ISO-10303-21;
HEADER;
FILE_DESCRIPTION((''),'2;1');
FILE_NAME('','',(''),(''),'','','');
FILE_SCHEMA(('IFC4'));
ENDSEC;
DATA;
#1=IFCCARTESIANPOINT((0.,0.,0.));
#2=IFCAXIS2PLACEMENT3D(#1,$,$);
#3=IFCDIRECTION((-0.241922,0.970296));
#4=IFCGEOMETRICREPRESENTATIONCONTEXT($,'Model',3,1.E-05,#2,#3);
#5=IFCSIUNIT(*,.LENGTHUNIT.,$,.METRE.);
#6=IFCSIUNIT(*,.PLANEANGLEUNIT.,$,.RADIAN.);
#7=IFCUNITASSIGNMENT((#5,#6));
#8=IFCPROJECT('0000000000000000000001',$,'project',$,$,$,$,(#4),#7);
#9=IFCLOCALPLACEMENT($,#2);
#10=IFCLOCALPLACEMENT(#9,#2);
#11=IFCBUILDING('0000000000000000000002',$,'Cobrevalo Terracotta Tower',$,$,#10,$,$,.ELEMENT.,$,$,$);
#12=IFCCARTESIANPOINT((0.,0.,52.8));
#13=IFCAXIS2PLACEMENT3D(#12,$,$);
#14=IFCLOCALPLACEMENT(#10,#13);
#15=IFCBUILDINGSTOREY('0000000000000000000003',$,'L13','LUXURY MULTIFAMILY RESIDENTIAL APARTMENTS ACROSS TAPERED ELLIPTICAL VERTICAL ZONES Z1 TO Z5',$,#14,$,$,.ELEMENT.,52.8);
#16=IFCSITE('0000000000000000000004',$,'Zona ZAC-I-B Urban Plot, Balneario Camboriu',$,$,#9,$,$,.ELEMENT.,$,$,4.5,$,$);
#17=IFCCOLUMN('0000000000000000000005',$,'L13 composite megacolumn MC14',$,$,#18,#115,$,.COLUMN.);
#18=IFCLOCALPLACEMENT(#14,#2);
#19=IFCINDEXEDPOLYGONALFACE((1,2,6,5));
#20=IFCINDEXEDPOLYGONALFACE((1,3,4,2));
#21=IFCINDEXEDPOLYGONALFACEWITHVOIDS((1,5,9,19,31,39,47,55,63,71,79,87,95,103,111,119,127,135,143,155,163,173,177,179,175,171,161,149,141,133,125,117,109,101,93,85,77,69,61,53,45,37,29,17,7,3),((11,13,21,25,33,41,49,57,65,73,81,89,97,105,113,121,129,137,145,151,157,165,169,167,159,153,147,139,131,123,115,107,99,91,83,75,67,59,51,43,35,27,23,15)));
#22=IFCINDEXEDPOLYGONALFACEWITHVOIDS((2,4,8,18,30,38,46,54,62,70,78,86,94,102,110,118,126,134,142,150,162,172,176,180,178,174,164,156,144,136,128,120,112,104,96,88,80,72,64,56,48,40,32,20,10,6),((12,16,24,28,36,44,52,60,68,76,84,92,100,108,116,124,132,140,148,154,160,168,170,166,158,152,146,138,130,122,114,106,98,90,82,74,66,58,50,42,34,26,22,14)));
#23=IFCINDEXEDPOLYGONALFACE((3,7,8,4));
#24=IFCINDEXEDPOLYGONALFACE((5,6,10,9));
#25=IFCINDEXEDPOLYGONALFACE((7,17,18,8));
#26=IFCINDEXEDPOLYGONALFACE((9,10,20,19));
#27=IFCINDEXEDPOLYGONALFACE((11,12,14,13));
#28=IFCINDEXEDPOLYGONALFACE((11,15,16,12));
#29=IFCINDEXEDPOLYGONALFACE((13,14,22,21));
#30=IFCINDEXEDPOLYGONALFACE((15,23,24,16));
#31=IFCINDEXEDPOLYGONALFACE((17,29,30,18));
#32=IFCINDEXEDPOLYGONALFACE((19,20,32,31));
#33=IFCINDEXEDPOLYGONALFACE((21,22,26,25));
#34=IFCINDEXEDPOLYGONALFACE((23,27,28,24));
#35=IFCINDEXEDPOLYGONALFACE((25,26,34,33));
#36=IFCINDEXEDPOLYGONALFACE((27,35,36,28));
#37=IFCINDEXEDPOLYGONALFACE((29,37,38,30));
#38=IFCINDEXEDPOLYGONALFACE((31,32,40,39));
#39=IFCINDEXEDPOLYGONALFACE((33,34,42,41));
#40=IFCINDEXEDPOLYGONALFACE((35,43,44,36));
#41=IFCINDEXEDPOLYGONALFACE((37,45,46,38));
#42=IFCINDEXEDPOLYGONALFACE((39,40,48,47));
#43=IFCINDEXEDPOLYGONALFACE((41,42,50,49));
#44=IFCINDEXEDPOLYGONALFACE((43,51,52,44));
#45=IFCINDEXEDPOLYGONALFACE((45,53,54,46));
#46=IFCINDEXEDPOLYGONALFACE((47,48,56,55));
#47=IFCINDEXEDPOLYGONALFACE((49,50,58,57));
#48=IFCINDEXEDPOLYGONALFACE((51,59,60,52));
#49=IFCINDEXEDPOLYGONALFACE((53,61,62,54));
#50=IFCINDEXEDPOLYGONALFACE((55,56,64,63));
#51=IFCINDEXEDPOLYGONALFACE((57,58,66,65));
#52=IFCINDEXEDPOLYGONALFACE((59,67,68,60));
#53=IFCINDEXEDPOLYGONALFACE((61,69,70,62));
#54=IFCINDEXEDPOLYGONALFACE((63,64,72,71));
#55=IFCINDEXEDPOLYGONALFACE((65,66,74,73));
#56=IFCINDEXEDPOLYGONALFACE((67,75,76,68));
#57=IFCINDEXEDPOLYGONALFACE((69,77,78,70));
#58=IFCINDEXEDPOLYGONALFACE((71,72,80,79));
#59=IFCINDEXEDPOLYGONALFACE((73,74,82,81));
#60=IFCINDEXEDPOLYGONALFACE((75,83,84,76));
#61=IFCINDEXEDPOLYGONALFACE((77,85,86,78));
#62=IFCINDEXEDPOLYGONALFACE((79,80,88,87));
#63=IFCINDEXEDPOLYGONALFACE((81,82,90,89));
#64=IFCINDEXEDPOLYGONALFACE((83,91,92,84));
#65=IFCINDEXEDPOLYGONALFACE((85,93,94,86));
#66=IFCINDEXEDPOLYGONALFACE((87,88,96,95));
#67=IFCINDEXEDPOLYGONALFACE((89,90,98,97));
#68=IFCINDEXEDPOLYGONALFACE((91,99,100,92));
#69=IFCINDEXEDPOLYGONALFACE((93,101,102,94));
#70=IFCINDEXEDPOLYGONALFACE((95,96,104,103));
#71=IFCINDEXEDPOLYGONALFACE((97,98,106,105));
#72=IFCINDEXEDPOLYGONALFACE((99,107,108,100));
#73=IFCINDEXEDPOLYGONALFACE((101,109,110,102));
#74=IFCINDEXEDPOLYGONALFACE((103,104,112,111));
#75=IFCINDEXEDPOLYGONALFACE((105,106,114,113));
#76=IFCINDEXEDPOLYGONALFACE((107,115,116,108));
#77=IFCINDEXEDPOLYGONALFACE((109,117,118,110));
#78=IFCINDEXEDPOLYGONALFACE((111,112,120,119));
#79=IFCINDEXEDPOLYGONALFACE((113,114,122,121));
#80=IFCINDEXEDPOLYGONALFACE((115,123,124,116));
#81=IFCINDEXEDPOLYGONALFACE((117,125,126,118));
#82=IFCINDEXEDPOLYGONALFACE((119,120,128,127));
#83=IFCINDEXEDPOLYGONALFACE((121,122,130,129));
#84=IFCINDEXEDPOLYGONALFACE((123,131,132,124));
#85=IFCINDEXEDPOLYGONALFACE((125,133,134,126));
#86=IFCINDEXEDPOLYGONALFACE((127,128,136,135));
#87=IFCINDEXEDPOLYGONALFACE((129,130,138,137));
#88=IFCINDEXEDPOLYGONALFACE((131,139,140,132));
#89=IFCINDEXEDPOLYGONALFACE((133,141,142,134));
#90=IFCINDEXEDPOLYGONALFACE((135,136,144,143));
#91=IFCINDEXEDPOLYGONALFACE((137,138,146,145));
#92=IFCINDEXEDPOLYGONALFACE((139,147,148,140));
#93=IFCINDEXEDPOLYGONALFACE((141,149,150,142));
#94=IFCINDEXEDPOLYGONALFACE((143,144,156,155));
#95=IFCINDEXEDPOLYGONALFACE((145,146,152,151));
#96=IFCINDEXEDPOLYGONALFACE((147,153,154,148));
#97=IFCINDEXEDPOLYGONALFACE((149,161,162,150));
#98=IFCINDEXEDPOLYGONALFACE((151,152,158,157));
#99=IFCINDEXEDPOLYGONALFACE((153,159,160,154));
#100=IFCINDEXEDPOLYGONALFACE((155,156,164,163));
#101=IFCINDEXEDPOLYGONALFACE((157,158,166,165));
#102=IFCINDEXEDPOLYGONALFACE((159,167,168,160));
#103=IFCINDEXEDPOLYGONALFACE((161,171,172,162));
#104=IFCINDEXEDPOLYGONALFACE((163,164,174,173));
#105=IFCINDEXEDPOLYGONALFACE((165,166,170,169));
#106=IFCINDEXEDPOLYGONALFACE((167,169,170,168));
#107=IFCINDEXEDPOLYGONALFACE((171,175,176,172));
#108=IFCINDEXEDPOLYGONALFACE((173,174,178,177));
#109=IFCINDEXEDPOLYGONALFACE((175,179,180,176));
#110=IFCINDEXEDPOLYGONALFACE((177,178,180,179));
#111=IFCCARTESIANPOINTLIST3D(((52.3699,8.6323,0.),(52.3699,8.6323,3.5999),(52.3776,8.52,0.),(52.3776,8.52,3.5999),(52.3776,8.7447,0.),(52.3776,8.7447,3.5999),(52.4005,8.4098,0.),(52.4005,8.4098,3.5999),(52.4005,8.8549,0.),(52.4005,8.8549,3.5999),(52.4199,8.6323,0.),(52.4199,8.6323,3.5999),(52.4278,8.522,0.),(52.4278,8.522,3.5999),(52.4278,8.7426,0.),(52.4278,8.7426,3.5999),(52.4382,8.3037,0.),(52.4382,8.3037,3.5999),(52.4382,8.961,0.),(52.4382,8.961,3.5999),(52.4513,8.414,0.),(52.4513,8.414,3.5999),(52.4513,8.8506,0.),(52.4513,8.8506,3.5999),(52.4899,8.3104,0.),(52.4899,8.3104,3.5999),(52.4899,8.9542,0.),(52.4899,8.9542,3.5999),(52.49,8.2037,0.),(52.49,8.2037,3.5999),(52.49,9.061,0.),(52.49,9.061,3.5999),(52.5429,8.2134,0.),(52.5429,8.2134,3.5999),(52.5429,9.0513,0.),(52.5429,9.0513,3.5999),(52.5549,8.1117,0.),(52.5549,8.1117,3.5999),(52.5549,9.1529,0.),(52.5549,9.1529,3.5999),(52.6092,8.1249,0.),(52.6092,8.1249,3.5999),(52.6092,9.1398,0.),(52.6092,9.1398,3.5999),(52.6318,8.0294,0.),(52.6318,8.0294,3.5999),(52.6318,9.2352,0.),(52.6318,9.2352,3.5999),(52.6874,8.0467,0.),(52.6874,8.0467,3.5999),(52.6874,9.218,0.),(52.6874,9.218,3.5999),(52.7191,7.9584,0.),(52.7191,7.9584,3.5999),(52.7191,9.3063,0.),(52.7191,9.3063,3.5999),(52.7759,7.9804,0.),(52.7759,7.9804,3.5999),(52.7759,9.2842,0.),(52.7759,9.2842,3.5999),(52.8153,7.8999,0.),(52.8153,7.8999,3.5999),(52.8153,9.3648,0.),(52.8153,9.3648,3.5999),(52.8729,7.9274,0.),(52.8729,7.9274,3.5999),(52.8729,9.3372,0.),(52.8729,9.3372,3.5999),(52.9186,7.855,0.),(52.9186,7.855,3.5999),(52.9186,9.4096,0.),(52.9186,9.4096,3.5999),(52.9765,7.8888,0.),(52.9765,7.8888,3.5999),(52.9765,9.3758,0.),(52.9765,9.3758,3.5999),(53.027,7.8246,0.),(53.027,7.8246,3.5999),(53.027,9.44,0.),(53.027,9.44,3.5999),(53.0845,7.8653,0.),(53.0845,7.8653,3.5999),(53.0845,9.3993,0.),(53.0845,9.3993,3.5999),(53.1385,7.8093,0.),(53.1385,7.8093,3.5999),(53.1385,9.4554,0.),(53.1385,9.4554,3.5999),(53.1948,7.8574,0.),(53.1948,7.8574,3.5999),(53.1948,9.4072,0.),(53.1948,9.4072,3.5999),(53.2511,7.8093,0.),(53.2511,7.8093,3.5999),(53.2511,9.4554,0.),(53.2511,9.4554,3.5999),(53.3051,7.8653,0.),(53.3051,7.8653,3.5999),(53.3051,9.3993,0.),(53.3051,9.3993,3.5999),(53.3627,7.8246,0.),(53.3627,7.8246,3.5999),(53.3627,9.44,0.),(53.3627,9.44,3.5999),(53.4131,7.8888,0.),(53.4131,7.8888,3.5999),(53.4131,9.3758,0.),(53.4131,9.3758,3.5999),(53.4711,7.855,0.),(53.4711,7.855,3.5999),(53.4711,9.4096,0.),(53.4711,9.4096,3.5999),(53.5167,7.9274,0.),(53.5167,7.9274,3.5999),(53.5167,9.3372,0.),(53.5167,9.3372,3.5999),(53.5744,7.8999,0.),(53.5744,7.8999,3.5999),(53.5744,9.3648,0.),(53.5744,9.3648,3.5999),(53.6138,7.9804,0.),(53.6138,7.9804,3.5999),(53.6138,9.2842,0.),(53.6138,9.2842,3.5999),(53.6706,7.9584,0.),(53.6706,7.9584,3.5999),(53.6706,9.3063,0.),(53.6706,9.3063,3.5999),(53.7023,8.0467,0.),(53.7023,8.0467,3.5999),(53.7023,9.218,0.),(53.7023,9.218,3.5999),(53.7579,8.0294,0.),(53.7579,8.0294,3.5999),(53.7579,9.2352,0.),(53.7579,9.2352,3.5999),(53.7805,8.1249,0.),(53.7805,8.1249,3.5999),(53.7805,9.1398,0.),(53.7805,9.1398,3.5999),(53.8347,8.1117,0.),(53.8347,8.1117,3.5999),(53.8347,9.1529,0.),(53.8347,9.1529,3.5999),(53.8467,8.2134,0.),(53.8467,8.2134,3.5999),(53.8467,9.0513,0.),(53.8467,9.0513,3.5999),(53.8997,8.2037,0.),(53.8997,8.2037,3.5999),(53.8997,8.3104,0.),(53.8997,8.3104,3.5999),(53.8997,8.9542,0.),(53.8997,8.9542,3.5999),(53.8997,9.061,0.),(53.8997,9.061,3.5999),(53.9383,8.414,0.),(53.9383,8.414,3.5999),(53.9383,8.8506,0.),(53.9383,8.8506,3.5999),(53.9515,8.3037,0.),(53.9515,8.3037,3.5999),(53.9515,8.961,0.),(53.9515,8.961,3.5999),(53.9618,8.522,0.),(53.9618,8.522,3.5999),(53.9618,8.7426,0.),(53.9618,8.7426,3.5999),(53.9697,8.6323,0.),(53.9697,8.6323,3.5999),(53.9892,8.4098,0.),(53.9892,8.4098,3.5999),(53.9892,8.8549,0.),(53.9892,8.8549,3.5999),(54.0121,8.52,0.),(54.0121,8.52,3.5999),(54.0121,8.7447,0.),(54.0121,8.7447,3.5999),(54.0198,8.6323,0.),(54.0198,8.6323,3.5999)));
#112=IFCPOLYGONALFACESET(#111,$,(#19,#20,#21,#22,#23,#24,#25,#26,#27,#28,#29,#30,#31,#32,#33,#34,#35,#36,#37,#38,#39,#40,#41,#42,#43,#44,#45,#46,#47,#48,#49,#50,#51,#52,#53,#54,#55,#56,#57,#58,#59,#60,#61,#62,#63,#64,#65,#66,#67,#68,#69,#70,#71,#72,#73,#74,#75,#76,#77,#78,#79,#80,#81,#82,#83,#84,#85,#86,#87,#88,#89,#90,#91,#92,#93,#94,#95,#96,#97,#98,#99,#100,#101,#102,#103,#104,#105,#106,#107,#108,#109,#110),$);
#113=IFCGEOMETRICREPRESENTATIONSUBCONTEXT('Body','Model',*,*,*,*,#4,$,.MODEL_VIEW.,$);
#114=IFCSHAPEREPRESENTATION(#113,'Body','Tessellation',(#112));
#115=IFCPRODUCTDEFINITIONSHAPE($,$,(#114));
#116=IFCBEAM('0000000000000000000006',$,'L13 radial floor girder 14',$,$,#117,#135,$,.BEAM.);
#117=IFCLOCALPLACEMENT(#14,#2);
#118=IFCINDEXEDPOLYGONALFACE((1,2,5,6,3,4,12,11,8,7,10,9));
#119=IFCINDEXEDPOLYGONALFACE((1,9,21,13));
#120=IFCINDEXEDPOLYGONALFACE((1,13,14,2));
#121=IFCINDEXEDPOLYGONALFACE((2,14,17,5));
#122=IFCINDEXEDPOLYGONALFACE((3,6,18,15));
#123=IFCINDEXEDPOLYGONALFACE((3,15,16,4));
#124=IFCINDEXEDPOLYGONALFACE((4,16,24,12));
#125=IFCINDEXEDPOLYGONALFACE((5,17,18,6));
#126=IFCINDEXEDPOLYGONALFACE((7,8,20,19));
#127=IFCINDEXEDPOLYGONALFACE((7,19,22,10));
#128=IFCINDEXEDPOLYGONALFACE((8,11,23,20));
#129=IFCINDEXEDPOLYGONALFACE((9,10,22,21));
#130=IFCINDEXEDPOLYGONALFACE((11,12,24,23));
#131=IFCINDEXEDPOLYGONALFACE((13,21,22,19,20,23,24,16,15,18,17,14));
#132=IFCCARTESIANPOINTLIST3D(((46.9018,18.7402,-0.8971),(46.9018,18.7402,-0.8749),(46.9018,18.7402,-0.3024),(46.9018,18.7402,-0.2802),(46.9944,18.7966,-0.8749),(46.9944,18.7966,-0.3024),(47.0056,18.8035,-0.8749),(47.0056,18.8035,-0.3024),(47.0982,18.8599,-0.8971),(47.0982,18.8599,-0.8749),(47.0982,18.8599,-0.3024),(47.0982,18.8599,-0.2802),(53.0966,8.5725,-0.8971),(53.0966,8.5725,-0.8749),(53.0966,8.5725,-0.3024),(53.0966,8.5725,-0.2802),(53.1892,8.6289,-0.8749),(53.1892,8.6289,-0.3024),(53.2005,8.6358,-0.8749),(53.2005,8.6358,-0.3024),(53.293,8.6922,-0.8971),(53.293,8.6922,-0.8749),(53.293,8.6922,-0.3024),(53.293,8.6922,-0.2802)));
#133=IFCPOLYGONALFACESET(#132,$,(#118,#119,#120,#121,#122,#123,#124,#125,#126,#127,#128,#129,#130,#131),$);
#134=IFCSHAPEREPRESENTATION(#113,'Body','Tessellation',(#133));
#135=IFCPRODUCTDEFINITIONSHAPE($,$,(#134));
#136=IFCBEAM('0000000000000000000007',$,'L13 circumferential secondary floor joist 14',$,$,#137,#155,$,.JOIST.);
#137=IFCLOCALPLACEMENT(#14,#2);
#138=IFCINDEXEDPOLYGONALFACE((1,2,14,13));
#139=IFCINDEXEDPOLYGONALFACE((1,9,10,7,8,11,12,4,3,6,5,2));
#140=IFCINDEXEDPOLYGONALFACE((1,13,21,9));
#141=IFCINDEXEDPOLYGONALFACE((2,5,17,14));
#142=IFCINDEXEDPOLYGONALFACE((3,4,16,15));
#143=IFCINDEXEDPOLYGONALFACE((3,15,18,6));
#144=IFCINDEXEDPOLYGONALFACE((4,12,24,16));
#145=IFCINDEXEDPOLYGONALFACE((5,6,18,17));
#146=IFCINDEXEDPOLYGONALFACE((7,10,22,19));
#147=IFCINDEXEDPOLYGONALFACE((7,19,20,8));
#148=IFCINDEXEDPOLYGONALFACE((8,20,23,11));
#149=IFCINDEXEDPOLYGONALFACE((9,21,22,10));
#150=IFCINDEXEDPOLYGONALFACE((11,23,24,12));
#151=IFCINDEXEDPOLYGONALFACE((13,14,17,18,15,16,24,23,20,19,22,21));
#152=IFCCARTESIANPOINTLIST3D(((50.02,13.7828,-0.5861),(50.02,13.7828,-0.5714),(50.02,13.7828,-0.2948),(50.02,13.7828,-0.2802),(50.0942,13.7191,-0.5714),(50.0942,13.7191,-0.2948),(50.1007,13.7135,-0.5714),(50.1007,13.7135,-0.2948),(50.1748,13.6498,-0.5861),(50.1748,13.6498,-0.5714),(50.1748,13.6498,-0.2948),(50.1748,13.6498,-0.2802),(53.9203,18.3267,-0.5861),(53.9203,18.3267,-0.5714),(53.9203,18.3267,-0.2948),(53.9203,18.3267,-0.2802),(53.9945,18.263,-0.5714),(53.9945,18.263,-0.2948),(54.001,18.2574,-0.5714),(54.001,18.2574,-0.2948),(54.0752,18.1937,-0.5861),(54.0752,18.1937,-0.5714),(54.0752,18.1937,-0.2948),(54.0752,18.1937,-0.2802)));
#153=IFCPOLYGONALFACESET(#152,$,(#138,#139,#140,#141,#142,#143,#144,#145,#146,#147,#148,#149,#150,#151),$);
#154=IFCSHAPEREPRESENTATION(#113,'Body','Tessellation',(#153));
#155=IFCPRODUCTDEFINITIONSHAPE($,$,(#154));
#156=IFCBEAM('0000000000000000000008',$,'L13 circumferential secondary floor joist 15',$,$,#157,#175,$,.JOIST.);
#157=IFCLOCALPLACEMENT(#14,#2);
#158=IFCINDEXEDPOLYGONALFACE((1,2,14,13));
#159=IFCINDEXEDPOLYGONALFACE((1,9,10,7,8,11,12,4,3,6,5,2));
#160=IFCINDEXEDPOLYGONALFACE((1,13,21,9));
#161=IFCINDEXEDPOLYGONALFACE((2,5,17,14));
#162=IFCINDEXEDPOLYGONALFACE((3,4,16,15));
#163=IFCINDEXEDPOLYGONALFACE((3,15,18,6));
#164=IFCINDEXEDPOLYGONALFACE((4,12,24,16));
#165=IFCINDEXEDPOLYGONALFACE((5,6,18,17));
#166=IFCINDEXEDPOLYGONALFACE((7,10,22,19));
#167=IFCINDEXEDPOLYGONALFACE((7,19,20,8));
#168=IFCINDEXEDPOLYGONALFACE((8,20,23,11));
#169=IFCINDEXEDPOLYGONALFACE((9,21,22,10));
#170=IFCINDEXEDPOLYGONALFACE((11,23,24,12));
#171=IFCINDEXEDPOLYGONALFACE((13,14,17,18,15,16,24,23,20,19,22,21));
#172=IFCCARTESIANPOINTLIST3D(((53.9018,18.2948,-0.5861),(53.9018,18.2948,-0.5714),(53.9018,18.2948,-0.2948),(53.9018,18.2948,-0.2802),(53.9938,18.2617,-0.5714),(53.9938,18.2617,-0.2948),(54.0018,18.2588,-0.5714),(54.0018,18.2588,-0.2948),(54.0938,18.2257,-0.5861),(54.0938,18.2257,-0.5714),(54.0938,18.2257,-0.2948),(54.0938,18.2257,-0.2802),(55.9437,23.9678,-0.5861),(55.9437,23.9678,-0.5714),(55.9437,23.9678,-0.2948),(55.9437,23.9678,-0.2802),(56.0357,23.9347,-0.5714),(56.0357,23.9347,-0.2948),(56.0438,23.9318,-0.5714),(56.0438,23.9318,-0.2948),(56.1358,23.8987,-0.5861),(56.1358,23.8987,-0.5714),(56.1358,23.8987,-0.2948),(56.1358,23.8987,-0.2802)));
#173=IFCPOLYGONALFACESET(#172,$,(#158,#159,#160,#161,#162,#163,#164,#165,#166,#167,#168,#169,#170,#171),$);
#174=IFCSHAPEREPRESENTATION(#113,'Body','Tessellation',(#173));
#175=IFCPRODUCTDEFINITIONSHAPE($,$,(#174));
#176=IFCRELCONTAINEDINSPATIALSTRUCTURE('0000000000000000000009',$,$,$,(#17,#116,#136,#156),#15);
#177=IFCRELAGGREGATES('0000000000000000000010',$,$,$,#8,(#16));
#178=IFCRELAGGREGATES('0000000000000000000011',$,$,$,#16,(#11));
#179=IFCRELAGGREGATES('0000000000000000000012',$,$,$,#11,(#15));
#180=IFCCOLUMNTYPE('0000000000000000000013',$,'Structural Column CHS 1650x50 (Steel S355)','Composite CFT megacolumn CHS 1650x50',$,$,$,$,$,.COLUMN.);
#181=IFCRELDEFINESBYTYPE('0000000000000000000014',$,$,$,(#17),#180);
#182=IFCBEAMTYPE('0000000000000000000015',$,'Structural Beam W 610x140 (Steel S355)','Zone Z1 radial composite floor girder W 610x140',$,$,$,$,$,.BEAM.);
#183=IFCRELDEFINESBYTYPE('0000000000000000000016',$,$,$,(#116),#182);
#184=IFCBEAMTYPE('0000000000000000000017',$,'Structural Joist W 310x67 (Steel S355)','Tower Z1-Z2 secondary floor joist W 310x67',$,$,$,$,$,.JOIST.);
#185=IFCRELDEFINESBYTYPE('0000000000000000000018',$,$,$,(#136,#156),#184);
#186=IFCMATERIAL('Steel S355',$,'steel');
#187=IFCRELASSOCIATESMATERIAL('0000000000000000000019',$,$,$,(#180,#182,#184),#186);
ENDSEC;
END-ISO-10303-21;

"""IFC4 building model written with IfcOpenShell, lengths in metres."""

from ifc_helpers import new_model, si_unit, direction, frame, origin, origin_2d, place, context, subcontext, project, spatial, hollow_circle, i_section, extrude, material, material_profile, profile_set, type_object, element, save


model = new_model("IFC4")

# Units and contexts
model_context = context("Model", 3, precision=1e-05, world=origin(), true_north=direction((-0.241922, 0.970296)))
body_context = subcontext(model_context, "Body", "Model", "MODEL_VIEW")
ifc_project = project(units=[si_unit("LENGTHUNIT", "METRE"), si_unit("PLANEANGLEUNIT", "RADIAN")], contexts=[model_context])

# Site, building, storey
site_placement = place(None, origin())
site = spatial("IfcSite", under=ifc_project, at=site_placement, Name="Zona ZAC-I-B Urban Plot, Balneario Camboriu", CompositionType="ELEMENT", RefElevation=4.5)
building_placement = place(site_placement, origin())
building = spatial("IfcBuilding", under=site, at=building_placement, Name="Cobrevalo Terracotta Tower", CompositionType="ELEMENT")
storey_placement = place(building_placement, frame((0.0, 0.0, 52.8)))
storey = spatial("IfcBuildingStorey", under=building, at=storey_placement, Name="L13", Description="LUXURY MULTIFAMILY RESIDENTIAL APARTMENTS ACROSS TAPERED ELLIPTICAL VERTICAL ZONES Z1 TO Z5", CompositionType="ELEMENT", Elevation=52.8)

# Column
ifc_material_1 = material(Name="Steel S355", Category="steel")
ifc_material_profile_1 = material_profile(ifc_material_1, hollow_circle(Radius=0.825, WallThickness=0.05, at=origin_2d()), Name="CHS 1650x50")
ifc_profile_set_1 = profile_set([ifc_material_profile_1], Name="Steel S355")
column_type = type_object("IfcColumnType", Name="Structural Column CHS 1650x50 (Steel S355)", Description="Composite CFT megacolumn CHS 1650x50", PredefinedType="COLUMN", material=ifc_profile_set_1)
column_placement = place(storey_placement, frame((53.1948, 8.6323, 0.0), z_axis=(0.0, 0.0, 1.0), x_axis=(1.0, 0.0, 0.0)))
element("IfcColumn", 1, at=column_placement, inside=storey, type_object=column_type, Name="L13 composite megacolumn MC14", PredefinedType="COLUMN", context=body_context, shape_type="SweptSolid", body=[
    extrude(hollow_circle(Radius=0.825, WallThickness=0.05, at=origin_2d()), origin(), (0.0, 0.0, 1.0), 3.5999),
])

# Beams
ifc_material_profile_2 = material_profile(ifc_material_1, i_section(OverallWidth=0.23, OverallDepth=0.6169, WebThickness=0.0132, FlangeThickness=0.0222, at=origin_2d()), Name="W 610x140")
ifc_profile_set_2 = profile_set([ifc_material_profile_2], Name="Steel S355")
beam_type_1 = type_object("IfcBeamType", Name="Structural Beam W 610x140 (Steel S355)", Description="Zone Z1 radial composite floor girder W 610x140", PredefinedType="BEAM", material=ifc_profile_set_2)
beam_1_placement = place(storey_placement, frame((53.1948, 8.6323, -0.5886), z_axis=(-0.520301, 0.853983, 0.0), x_axis=(-0.853983, -0.520301, 0.0)))
element("IfcBeam", 2, at=beam_1_placement, inside=storey, type_object=beam_type_1, Name="L13 radial floor girder 14", PredefinedType="BEAM", context=body_context, shape_type="SweptSolid", body=[
    extrude(i_section(OverallWidth=0.23, OverallDepth=0.6169, WebThickness=0.0132, FlangeThickness=0.0222, at=origin_2d()), origin(), (0.0, 0.0, 1.0), 11.9062),
])
ifc_material_profile_3 = material_profile(ifc_material_1, i_section(OverallWidth=0.2041, OverallDepth=0.3059, WebThickness=0.0085, FlangeThickness=0.0146, at=origin_2d()), Name="W 310x67")
ifc_profile_set_3 = profile_set([ifc_material_profile_3], Name="Steel S355")
beam_type_2 = type_object("IfcBeamType", Name="Structural Joist W 310x67 (Steel S355)", Description="Tower Z1-Z2 secondary floor joist W 310x67", PredefinedType="JOIST", material=ifc_profile_set_3)
beam_2_placement = place(storey_placement, frame((50.0974, 13.7163, -0.4331), z_axis=(0.651328, 0.758796, 0.0), x_axis=(-0.758796, 0.651328, 0.0)))
element("IfcBeam", 3, at=beam_2_placement, inside=storey, type_object=beam_type_2, Name="L13 circumferential secondary floor joist 14", PredefinedType="JOIST", context=body_context, shape_type="SweptSolid", body=[
    extrude(i_section(OverallWidth=0.2041, OverallDepth=0.3059, WebThickness=0.0085, FlangeThickness=0.0146, at=origin_2d()), origin(), (0.0, 0.0, 1.0), 5.9883),
])
beam_3_placement = place(storey_placement, frame((53.9978, 18.2603, -0.4331), z_axis=(0.338672, 0.940904, 0.0), x_axis=(-0.940904, 0.338672, 0.0)))
element("IfcBeam", 4, at=beam_3_placement, inside=storey, type_object=beam_type_2, Name="L13 circumferential secondary floor joist 15", PredefinedType="JOIST", context=body_context, shape_type="SweptSolid", body=[
    extrude(i_section(OverallWidth=0.2041, OverallDepth=0.3059, WebThickness=0.0085, FlangeThickness=0.0146, at=origin_2d()), origin(), (0.0, 0.0, 1.0), 6.0293),
])

save(model, "model.ifc")
